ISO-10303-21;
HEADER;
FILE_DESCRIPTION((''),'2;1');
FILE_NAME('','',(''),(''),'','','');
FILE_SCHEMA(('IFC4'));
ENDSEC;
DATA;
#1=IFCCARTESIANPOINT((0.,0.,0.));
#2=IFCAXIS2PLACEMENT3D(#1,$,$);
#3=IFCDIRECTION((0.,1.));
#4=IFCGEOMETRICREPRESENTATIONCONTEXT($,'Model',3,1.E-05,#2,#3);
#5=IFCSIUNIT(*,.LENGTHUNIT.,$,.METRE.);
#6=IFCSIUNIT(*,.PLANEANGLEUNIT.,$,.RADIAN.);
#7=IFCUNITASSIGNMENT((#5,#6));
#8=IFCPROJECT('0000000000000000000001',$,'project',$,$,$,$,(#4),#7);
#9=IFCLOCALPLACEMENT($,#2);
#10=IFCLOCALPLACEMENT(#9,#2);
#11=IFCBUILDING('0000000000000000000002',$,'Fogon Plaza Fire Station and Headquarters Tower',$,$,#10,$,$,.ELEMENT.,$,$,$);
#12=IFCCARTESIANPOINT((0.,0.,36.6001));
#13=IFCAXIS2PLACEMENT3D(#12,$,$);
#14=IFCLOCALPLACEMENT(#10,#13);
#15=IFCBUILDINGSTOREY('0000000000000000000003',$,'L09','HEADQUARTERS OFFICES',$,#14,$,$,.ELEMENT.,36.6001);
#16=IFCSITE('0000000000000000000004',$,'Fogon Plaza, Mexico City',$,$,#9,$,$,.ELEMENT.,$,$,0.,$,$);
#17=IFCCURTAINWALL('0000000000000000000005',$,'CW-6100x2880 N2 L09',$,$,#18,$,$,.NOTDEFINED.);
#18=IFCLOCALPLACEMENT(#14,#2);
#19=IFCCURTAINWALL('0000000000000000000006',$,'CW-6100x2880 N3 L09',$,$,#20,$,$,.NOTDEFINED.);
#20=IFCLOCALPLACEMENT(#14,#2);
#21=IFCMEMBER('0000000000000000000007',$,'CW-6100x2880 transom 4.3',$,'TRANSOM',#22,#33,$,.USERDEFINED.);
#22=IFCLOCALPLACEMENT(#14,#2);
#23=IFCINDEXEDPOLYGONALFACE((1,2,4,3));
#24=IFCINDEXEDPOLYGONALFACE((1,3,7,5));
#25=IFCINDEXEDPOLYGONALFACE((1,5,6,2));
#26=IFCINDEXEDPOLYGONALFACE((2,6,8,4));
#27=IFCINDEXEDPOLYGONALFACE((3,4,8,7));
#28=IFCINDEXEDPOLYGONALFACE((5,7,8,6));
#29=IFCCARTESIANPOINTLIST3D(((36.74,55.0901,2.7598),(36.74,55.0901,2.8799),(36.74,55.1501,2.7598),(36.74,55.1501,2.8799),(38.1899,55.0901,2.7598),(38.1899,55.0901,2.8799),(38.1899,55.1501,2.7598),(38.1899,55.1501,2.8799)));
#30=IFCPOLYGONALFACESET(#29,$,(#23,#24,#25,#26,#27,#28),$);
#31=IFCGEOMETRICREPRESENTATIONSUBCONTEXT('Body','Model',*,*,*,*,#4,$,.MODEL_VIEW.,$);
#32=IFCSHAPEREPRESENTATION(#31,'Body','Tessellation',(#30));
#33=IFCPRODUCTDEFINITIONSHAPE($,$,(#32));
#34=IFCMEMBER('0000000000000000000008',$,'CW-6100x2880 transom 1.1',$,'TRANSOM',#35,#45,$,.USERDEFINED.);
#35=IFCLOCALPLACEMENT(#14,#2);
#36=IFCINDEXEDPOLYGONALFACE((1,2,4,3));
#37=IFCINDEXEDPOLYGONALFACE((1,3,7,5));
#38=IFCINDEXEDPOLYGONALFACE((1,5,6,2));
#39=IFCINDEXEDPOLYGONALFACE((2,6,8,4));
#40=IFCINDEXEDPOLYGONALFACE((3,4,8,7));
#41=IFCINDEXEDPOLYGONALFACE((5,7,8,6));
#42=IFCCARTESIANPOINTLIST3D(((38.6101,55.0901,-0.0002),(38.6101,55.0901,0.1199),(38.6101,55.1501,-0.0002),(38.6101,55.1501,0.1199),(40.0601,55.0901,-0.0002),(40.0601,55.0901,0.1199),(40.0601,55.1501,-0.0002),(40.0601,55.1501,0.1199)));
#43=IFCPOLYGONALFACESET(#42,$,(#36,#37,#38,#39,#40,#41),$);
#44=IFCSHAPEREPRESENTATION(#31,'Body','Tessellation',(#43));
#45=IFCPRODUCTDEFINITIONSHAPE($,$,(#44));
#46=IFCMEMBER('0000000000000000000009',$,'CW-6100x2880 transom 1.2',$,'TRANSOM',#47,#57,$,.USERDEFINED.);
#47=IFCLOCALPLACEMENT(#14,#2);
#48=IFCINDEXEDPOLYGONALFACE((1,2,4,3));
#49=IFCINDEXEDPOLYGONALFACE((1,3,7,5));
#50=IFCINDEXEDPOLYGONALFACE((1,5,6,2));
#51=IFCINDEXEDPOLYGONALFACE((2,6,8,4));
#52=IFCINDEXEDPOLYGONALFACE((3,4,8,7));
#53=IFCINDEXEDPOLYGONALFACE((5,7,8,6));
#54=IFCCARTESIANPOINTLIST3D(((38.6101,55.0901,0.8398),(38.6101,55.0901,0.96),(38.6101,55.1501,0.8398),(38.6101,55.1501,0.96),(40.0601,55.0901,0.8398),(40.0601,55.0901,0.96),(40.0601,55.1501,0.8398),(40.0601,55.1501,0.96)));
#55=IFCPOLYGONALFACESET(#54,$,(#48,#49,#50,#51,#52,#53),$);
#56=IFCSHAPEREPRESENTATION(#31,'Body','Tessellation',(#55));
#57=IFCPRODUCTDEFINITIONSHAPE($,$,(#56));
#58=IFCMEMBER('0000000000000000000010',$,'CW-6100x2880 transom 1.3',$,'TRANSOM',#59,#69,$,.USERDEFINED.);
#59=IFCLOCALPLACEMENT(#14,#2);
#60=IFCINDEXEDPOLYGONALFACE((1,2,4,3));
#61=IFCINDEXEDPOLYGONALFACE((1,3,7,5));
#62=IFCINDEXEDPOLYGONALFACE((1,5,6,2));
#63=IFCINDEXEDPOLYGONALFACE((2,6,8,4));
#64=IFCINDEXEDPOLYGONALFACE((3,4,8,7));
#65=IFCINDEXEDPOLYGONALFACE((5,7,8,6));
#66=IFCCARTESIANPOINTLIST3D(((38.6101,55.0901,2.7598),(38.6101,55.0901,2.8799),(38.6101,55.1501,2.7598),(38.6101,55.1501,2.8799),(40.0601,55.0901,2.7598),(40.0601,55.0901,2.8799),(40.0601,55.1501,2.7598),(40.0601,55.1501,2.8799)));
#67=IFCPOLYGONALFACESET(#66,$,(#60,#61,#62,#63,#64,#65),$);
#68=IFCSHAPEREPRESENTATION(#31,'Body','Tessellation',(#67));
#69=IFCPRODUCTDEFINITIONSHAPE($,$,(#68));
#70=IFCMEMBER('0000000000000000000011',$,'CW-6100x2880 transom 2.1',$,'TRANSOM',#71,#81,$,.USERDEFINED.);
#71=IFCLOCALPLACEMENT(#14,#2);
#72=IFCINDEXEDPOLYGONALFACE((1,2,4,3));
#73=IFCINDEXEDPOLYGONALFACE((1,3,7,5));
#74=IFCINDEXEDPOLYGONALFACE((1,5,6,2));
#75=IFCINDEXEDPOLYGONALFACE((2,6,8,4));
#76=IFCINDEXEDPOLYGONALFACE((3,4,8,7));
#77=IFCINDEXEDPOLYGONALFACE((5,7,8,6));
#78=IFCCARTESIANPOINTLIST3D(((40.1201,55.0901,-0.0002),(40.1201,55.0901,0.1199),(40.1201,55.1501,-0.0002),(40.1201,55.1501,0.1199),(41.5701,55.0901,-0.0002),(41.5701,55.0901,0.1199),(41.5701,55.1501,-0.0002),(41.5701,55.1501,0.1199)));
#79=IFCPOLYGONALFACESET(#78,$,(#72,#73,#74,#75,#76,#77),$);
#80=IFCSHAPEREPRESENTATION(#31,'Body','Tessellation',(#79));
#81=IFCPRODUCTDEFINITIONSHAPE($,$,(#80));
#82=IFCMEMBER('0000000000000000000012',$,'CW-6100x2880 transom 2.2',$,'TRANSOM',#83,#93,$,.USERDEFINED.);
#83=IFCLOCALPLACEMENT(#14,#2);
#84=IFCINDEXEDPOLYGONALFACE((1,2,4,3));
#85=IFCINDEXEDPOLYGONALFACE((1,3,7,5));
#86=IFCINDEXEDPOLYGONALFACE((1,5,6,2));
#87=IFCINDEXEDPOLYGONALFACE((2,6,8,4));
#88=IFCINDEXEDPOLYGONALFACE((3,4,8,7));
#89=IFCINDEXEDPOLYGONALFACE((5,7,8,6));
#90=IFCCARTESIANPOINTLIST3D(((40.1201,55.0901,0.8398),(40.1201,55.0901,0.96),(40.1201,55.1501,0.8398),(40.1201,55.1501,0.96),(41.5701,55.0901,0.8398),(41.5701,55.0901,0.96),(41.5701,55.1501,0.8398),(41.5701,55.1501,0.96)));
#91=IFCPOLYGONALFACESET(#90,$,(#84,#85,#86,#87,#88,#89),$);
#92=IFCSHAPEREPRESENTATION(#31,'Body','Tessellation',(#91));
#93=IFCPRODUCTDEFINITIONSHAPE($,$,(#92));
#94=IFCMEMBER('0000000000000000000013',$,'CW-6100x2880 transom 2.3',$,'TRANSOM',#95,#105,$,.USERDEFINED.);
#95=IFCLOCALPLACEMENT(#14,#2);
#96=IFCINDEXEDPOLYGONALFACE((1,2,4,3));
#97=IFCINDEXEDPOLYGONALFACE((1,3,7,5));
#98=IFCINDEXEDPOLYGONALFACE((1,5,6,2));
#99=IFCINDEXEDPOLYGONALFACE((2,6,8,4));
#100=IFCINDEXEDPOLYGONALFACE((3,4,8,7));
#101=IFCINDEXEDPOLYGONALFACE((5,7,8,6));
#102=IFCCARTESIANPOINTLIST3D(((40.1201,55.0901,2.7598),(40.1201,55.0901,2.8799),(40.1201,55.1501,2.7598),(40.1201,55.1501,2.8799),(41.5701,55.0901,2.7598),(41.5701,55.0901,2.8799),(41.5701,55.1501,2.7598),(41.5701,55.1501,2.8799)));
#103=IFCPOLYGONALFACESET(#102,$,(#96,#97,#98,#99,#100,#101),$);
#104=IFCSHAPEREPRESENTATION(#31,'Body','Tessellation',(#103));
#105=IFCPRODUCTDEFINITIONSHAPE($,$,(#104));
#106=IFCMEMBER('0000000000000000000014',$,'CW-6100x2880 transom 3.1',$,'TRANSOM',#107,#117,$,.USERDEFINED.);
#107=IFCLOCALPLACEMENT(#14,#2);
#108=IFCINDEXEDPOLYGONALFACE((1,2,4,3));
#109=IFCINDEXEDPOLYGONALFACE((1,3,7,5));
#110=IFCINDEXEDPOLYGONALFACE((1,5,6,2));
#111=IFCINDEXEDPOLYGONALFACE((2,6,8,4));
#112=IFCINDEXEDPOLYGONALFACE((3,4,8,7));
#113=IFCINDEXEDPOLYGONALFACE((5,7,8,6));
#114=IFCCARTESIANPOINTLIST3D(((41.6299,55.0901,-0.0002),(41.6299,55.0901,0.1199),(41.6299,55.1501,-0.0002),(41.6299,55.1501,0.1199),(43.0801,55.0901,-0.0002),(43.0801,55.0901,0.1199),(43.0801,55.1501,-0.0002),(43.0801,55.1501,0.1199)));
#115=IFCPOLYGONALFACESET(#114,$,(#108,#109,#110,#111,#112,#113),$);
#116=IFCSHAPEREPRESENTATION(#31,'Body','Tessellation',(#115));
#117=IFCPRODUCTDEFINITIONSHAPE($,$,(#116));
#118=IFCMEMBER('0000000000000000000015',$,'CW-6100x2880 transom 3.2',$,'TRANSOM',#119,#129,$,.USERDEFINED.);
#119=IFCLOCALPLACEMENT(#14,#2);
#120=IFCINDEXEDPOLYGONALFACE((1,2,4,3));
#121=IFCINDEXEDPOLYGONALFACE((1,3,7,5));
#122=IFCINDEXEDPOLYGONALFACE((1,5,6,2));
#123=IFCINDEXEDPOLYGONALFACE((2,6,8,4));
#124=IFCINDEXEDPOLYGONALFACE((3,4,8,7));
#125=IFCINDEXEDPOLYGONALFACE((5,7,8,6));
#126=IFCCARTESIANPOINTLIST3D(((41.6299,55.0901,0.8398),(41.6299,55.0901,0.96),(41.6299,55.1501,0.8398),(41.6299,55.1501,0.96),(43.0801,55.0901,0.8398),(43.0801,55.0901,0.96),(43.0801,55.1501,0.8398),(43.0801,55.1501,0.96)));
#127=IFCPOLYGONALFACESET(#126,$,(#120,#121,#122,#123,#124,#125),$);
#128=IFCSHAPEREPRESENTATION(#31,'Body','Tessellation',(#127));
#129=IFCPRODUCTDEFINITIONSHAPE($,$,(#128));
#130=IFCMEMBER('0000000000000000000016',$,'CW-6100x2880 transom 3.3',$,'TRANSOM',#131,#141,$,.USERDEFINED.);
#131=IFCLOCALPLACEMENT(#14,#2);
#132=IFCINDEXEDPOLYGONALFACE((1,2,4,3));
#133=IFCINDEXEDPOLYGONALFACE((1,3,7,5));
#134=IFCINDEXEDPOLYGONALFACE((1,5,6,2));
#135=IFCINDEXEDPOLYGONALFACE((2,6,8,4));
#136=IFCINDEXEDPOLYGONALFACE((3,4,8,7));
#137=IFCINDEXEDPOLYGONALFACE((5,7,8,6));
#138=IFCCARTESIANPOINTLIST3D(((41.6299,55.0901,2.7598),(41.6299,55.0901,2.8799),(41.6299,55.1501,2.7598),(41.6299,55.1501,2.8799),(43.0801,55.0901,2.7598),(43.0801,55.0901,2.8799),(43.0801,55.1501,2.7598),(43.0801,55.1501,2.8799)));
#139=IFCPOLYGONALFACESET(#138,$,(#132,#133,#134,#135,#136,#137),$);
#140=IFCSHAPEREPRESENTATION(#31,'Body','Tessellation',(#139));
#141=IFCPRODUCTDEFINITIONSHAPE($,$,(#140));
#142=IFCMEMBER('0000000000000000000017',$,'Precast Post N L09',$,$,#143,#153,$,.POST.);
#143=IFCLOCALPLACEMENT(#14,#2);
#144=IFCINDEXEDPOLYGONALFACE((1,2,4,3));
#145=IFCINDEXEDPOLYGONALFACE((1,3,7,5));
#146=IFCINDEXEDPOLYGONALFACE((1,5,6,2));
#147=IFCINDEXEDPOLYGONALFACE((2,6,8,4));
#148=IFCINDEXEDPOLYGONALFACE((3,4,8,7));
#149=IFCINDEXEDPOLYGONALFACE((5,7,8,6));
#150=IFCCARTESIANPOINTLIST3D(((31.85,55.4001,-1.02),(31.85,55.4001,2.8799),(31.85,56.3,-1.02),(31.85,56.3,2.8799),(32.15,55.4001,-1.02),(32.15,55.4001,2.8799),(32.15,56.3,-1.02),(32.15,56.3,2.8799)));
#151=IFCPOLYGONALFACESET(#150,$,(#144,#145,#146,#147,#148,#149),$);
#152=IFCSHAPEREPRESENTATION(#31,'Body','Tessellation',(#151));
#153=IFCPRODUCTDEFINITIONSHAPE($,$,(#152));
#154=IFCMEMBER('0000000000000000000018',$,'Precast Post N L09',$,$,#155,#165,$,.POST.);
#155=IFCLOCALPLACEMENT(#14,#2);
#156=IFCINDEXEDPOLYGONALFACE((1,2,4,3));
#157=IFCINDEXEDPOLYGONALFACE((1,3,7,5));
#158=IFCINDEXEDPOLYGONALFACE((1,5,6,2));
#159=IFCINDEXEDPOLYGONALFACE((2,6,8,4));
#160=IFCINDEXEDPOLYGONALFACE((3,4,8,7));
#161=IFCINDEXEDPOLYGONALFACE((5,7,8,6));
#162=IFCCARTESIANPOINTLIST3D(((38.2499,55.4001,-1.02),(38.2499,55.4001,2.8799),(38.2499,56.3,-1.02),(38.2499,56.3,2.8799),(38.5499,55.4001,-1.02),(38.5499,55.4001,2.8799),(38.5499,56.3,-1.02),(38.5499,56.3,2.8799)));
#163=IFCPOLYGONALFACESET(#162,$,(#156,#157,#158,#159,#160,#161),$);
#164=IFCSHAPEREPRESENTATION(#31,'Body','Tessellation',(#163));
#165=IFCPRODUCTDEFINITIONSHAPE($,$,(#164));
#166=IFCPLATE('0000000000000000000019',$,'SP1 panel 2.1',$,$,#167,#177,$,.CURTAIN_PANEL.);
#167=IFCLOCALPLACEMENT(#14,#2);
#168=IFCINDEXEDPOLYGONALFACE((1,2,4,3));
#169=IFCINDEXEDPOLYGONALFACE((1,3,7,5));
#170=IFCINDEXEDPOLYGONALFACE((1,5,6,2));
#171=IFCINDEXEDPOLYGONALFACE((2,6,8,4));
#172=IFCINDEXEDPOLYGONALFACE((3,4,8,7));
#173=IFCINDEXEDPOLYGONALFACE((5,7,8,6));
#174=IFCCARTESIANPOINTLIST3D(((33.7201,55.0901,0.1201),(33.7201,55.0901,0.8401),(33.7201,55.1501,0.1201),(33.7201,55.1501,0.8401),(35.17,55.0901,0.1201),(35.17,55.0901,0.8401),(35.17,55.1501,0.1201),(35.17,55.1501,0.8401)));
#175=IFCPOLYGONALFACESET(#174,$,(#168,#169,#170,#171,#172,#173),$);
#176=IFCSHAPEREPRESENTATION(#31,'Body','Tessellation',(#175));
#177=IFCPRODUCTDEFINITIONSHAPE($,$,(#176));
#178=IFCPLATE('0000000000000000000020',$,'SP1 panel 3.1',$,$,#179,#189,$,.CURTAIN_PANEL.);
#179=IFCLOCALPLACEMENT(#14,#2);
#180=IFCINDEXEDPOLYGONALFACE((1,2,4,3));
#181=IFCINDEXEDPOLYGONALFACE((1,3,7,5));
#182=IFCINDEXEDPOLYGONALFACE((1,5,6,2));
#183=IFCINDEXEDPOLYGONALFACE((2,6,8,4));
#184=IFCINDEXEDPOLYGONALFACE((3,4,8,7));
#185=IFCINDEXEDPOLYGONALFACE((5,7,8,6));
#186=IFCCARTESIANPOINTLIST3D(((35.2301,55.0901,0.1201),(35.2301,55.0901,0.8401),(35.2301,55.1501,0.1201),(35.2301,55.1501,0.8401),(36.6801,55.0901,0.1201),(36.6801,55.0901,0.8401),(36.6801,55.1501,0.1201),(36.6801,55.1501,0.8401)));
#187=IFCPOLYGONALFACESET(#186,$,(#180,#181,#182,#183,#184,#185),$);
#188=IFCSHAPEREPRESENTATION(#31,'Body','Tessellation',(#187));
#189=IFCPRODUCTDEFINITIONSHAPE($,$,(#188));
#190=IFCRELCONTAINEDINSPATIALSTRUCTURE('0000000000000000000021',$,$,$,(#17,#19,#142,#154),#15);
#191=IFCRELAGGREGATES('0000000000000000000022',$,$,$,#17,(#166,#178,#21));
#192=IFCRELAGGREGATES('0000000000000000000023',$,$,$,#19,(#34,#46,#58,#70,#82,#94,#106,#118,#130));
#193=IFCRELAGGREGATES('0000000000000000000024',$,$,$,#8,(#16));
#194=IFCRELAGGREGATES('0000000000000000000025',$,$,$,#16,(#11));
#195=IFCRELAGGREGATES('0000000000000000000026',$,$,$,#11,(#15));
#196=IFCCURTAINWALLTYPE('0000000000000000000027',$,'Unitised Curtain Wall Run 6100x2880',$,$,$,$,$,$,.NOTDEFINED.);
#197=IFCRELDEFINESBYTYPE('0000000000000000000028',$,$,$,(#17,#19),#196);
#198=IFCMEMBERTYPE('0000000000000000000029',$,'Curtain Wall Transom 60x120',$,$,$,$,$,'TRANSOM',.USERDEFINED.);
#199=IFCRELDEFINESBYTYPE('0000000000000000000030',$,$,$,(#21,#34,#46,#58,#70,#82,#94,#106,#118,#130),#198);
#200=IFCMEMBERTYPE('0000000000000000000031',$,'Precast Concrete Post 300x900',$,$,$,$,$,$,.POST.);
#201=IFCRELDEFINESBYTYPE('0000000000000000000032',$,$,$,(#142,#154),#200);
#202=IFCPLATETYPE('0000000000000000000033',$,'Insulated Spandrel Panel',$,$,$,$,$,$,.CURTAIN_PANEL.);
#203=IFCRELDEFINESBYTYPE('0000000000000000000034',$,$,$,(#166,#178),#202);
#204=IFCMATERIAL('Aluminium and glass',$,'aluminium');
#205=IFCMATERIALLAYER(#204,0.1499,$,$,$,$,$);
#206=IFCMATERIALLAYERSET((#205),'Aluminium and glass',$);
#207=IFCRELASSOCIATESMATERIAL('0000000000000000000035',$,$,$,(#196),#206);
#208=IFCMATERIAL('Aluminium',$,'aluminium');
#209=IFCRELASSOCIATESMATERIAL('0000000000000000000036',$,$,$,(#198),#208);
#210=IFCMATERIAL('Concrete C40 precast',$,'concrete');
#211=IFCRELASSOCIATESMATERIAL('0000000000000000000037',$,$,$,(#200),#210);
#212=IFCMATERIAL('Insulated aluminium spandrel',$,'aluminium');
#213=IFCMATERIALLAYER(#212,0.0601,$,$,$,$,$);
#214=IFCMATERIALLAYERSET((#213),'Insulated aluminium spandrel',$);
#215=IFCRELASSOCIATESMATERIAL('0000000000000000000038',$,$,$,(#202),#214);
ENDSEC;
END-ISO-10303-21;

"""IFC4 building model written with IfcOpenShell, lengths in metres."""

from ifc_helpers import new_model, si_unit, direction, frame, origin, origin_2d, place, context, subcontext, project, spatial, rectangle, extrude, material, layer, layer_set, material_profile, profile_set, type_object, element, aggregate, save


model = new_model("IFC4")

# Units and contexts
model_context = context("Model", 3, precision=1e-05, world=origin(), true_north=direction((0.0, 1.0)))
body_context = subcontext(model_context, "Body", "Model", "MODEL_VIEW")
ifc_project = project(units=[si_unit("LENGTHUNIT", "METRE"), si_unit("PLANEANGLEUNIT", "RADIAN")], contexts=[model_context])

# Site, building, storey
site_placement = place(None, origin())
site = spatial("IfcSite", under=ifc_project, at=site_placement, Name="Fogon Plaza, Mexico City", CompositionType="ELEMENT", RefElevation=0.0)
building_placement = place(site_placement, origin())
building = spatial("IfcBuilding", under=site, at=building_placement, Name="Fogon Plaza Fire Station and Headquarters Tower", CompositionType="ELEMENT")
storey_placement = place(building_placement, frame((0.0, 0.0, 36.6001)))
storey = spatial("IfcBuildingStorey", under=building, at=storey_placement, Name="L09", Description="HEADQUARTERS OFFICES", CompositionType="ELEMENT", Elevation=36.6001)

# Curtain walls
ifc_material_1 = material(Name="Aluminium and glass", Category="aluminium")
ifc_layer_1 = layer(ifc_material_1, 0.1499)
ifc_layer_set_1 = layer_set([ifc_layer_1], Name="Aluminium and glass")
curtain_wall_type = type_object("IfcCurtainWallType", Name="Unitised Curtain Wall Run 6100x2880", PredefinedType="NOTDEFINED", material=ifc_layer_set_1)
curtain_wall_1_placement = place(storey_placement, origin())
curtain_wall_1 = element("IfcCurtainWall", 1, at=curtain_wall_1_placement, inside=storey, type_object=curtain_wall_type, Name="CW-6100x2880 N2 L09", PredefinedType="NOTDEFINED")
curtain_wall_2_placement = place(storey_placement, origin())
curtain_wall_2 = element("IfcCurtainWall", 2, at=curtain_wall_2_placement, inside=storey, type_object=curtain_wall_type, Name="CW-6100x2880 N3 L09", PredefinedType="NOTDEFINED")

# Members
ifc_material_2 = material(Name="Aluminium", Category="aluminium")
ifc_material_profile_1 = material_profile(ifc_material_2, rectangle(XDim=0.0601, YDim=0.1201, at=origin_2d()), Name="Curtain Wall Transom 60x120")
ifc_profile_set_1 = profile_set([ifc_material_profile_1], Name="Aluminium")
member_type_1 = type_object("IfcMemberType", Name="Curtain Wall Transom 60x120", ElementType="TRANSOM", PredefinedType="USERDEFINED", material=ifc_profile_set_1)
member_1_placement = place(storey_placement, frame((36.74, 55.1201, 2.8198), z_axis=(1.0, 0.0, 0.0), x_axis=(0.0, 1.0, 0.0)))
member_1 = element("IfcMember", 3, at=member_1_placement, type_object=member_type_1, Name="CW-6100x2880 transom 4.3", ObjectType="TRANSOM", PredefinedType="USERDEFINED", context=body_context, shape_type="SweptSolid", body=[
    extrude(rectangle(XDim=0.0601, YDim=0.1201, at=origin_2d()), origin(), (0.0, 0.0, 1.0), 1.45),
])
member_2_placement = place(storey_placement, frame((38.6101, 55.1201, 0.0598), z_axis=(1.0, 0.0, 0.0), x_axis=(0.0, 1.0, 0.0)))
member_2 = element("IfcMember", 4, at=member_2_placement, type_object=member_type_1, Name="CW-6100x2880 transom 1.1", ObjectType="TRANSOM", PredefinedType="USERDEFINED", context=body_context, shape_type="SweptSolid", body=[
    extrude(rectangle(XDim=0.0601, YDim=0.1201, at=origin_2d()), origin(), (0.0, 0.0, 1.0), 1.45),
])
member_3_placement = place(storey_placement, frame((38.6101, 55.1201, 0.8999), z_axis=(1.0, 0.0, 0.0), x_axis=(0.0, 1.0, 0.0)))
member_3 = element("IfcMember", 5, at=member_3_placement, type_object=member_type_1, Name="CW-6100x2880 transom 1.2", ObjectType="TRANSOM", PredefinedType="USERDEFINED", context=body_context, shape_type="SweptSolid", body=[
    extrude(rectangle(XDim=0.0601, YDim=0.1201, at=origin_2d()), origin(), (0.0, 0.0, 1.0), 1.45),
])
member_4_placement = place(storey_placement, frame((38.6101, 55.1201, 2.8198), z_axis=(1.0, 0.0, 0.0), x_axis=(0.0, 1.0, 0.0)))
member_4 = element("IfcMember", 6, at=member_4_placement, type_object=member_type_1, Name="CW-6100x2880 transom 1.3", ObjectType="TRANSOM", PredefinedType="USERDEFINED", context=body_context, shape_type="SweptSolid", body=[
    extrude(rectangle(XDim=0.0601, YDim=0.1201, at=origin_2d()), origin(), (0.0, 0.0, 1.0), 1.45),
])
member_5_placement = place(storey_placement, frame((40.1201, 55.1201, 0.0598), z_axis=(1.0, 0.0, 0.0), x_axis=(0.0, 1.0, 0.0)))
member_5 = element("IfcMember", 7, at=member_5_placement, type_object=member_type_1, Name="CW-6100x2880 transom 2.1", ObjectType="TRANSOM", PredefinedType="USERDEFINED", context=body_context, shape_type="SweptSolid", body=[
    extrude(rectangle(XDim=0.0601, YDim=0.1201, at=origin_2d()), origin(), (0.0, 0.0, 1.0), 1.45),
])
member_6_placement = place(storey_placement, frame((40.1201, 55.1201, 0.8999), z_axis=(1.0, 0.0, 0.0), x_axis=(0.0, 1.0, 0.0)))
member_6 = element("IfcMember", 8, at=member_6_placement, type_object=member_type_1, Name="CW-6100x2880 transom 2.2", ObjectType="TRANSOM", PredefinedType="USERDEFINED", context=body_context, shape_type="SweptSolid", body=[
    extrude(rectangle(XDim=0.0601, YDim=0.1201, at=origin_2d()), origin(), (0.0, 0.0, 1.0), 1.45),
])
member_7_placement = place(storey_placement, frame((40.1201, 55.1201, 2.8198), z_axis=(1.0, 0.0, 0.0), x_axis=(0.0, 1.0, 0.0)))
member_7 = element("IfcMember", 9, at=member_7_placement, type_object=member_type_1, Name="CW-6100x2880 transom 2.3", ObjectType="TRANSOM", PredefinedType="USERDEFINED", context=body_context, shape_type="SweptSolid", body=[
    extrude(rectangle(XDim=0.0601, YDim=0.1201, at=origin_2d()), origin(), (0.0, 0.0, 1.0), 1.45),
])
member_8_placement = place(storey_placement, frame((41.6299, 55.1201, 0.0598), z_axis=(1.0, 0.0, 0.0), x_axis=(0.0, 1.0, 0.0)))
member_8 = element("IfcMember", 10, at=member_8_placement, type_object=member_type_1, Name="CW-6100x2880 transom 3.1", ObjectType="TRANSOM", PredefinedType="USERDEFINED", context=body_context, shape_type="SweptSolid", body=[
    extrude(rectangle(XDim=0.0601, YDim=0.1201, at=origin_2d()), origin(), (0.0, 0.0, 1.0), 1.4502),
])
member_9_placement = place(storey_placement, frame((41.6299, 55.1201, 0.8999), z_axis=(1.0, 0.0, 0.0), x_axis=(0.0, 1.0, 0.0)))
member_9 = element("IfcMember", 11, at=member_9_placement, type_object=member_type_1, Name="CW-6100x2880 transom 3.2", ObjectType="TRANSOM", PredefinedType="USERDEFINED", context=body_context, shape_type="SweptSolid", body=[
    extrude(rectangle(XDim=0.0601, YDim=0.1201, at=origin_2d()), origin(), (0.0, 0.0, 1.0), 1.4502),
])
member_10_placement = place(storey_placement, frame((41.6299, 55.1201, 2.8198), z_axis=(1.0, 0.0, 0.0), x_axis=(0.0, 1.0, 0.0)))
member_10 = element("IfcMember", 12, at=member_10_placement, type_object=member_type_1, Name="CW-6100x2880 transom 3.3", ObjectType="TRANSOM", PredefinedType="USERDEFINED", context=body_context, shape_type="SweptSolid", body=[
    extrude(rectangle(XDim=0.0601, YDim=0.1201, at=origin_2d()), origin(), (0.0, 0.0, 1.0), 1.4502),
])

# Members
ifc_material_3 = material(Name="Concrete C40 precast", Category="concrete")
ifc_material_profile_2 = material_profile(ifc_material_3, rectangle(XDim=0.3, YDim=0.8999, at=origin_2d()), Name="Precast Concrete Post 300x900")
ifc_profile_set_2 = profile_set([ifc_material_profile_2], Name="Concrete C40 precast")
member_type_2 = type_object("IfcMemberType", Name="Precast Concrete Post 300x900", PredefinedType="POST", material=ifc_profile_set_2)
for number, where, z_axis, x_axis, name in (
    (13, (32.0, 55.8501, -1.02), (0.0, 0.0, 1.0), (1.0, 0.0, 0.0), "Precast Post N L09"),
    (14, (38.3999, 55.8501, -1.02), (0.0, 0.0, 1.0), (1.0, 0.0, 0.0), "Precast Post N L09"),
):
    element("IfcMember", number, at=place(storey_placement, frame(where, z_axis=z_axis, x_axis=x_axis)), inside=storey, type_object=member_type_2, Name=name, PredefinedType="POST", context=body_context, shape_type="SweptSolid", body=[
        extrude(rectangle(XDim=0.3, YDim=0.8999, at=origin_2d()), origin(), (0.0, 0.0, 1.0), 3.8999),
    ])

# Plates
ifc_material_4 = material(Name="Insulated aluminium spandrel", Category="aluminium")
ifc_layer_2 = layer(ifc_material_4, 0.0601)
ifc_layer_set_2 = layer_set([ifc_layer_2], Name="Insulated aluminium spandrel")
plate_type_1 = type_object("IfcPlateType", Name="Insulated Spandrel Panel", PredefinedType="CURTAIN_PANEL", material=ifc_layer_set_2)
plate_1_placement = place(storey_placement, frame((34.4451, 55.1201, 0.1201), z_axis=(0.0, 0.0, 1.0), x_axis=(1.0, 0.0, 0.0)))
plate_1 = element("IfcPlate", 15, at=plate_1_placement, type_object=plate_type_1, Name="SP1 panel 2.1", PredefinedType="CURTAIN_PANEL", context=body_context, shape_type="SweptSolid", body=[
    extrude(rectangle(XDim=1.45, YDim=0.0601, at=origin_2d()), origin(), (0.0, 0.0, 1.0), 0.72),
])
plate_2_placement = place(storey_placement, frame((35.9551, 55.1201, 0.1201), z_axis=(0.0, 0.0, 1.0), x_axis=(1.0, 0.0, 0.0)))
plate_2 = element("IfcPlate", 16, at=plate_2_placement, type_object=plate_type_1, Name="SP1 panel 3.1", PredefinedType="CURTAIN_PANEL", context=body_context, shape_type="SweptSolid", body=[
    extrude(rectangle(XDim=1.45, YDim=0.0601, at=origin_2d()), origin(), (0.0, 0.0, 1.0), 0.72),
])
aggregate(curtain_wall_1, [plate_1, plate_2, member_1])
aggregate(curtain_wall_2, [member_2, member_3, member_4, member_5, member_6, member_7, member_8, member_9, member_10])

save(model, "model.ifc")
